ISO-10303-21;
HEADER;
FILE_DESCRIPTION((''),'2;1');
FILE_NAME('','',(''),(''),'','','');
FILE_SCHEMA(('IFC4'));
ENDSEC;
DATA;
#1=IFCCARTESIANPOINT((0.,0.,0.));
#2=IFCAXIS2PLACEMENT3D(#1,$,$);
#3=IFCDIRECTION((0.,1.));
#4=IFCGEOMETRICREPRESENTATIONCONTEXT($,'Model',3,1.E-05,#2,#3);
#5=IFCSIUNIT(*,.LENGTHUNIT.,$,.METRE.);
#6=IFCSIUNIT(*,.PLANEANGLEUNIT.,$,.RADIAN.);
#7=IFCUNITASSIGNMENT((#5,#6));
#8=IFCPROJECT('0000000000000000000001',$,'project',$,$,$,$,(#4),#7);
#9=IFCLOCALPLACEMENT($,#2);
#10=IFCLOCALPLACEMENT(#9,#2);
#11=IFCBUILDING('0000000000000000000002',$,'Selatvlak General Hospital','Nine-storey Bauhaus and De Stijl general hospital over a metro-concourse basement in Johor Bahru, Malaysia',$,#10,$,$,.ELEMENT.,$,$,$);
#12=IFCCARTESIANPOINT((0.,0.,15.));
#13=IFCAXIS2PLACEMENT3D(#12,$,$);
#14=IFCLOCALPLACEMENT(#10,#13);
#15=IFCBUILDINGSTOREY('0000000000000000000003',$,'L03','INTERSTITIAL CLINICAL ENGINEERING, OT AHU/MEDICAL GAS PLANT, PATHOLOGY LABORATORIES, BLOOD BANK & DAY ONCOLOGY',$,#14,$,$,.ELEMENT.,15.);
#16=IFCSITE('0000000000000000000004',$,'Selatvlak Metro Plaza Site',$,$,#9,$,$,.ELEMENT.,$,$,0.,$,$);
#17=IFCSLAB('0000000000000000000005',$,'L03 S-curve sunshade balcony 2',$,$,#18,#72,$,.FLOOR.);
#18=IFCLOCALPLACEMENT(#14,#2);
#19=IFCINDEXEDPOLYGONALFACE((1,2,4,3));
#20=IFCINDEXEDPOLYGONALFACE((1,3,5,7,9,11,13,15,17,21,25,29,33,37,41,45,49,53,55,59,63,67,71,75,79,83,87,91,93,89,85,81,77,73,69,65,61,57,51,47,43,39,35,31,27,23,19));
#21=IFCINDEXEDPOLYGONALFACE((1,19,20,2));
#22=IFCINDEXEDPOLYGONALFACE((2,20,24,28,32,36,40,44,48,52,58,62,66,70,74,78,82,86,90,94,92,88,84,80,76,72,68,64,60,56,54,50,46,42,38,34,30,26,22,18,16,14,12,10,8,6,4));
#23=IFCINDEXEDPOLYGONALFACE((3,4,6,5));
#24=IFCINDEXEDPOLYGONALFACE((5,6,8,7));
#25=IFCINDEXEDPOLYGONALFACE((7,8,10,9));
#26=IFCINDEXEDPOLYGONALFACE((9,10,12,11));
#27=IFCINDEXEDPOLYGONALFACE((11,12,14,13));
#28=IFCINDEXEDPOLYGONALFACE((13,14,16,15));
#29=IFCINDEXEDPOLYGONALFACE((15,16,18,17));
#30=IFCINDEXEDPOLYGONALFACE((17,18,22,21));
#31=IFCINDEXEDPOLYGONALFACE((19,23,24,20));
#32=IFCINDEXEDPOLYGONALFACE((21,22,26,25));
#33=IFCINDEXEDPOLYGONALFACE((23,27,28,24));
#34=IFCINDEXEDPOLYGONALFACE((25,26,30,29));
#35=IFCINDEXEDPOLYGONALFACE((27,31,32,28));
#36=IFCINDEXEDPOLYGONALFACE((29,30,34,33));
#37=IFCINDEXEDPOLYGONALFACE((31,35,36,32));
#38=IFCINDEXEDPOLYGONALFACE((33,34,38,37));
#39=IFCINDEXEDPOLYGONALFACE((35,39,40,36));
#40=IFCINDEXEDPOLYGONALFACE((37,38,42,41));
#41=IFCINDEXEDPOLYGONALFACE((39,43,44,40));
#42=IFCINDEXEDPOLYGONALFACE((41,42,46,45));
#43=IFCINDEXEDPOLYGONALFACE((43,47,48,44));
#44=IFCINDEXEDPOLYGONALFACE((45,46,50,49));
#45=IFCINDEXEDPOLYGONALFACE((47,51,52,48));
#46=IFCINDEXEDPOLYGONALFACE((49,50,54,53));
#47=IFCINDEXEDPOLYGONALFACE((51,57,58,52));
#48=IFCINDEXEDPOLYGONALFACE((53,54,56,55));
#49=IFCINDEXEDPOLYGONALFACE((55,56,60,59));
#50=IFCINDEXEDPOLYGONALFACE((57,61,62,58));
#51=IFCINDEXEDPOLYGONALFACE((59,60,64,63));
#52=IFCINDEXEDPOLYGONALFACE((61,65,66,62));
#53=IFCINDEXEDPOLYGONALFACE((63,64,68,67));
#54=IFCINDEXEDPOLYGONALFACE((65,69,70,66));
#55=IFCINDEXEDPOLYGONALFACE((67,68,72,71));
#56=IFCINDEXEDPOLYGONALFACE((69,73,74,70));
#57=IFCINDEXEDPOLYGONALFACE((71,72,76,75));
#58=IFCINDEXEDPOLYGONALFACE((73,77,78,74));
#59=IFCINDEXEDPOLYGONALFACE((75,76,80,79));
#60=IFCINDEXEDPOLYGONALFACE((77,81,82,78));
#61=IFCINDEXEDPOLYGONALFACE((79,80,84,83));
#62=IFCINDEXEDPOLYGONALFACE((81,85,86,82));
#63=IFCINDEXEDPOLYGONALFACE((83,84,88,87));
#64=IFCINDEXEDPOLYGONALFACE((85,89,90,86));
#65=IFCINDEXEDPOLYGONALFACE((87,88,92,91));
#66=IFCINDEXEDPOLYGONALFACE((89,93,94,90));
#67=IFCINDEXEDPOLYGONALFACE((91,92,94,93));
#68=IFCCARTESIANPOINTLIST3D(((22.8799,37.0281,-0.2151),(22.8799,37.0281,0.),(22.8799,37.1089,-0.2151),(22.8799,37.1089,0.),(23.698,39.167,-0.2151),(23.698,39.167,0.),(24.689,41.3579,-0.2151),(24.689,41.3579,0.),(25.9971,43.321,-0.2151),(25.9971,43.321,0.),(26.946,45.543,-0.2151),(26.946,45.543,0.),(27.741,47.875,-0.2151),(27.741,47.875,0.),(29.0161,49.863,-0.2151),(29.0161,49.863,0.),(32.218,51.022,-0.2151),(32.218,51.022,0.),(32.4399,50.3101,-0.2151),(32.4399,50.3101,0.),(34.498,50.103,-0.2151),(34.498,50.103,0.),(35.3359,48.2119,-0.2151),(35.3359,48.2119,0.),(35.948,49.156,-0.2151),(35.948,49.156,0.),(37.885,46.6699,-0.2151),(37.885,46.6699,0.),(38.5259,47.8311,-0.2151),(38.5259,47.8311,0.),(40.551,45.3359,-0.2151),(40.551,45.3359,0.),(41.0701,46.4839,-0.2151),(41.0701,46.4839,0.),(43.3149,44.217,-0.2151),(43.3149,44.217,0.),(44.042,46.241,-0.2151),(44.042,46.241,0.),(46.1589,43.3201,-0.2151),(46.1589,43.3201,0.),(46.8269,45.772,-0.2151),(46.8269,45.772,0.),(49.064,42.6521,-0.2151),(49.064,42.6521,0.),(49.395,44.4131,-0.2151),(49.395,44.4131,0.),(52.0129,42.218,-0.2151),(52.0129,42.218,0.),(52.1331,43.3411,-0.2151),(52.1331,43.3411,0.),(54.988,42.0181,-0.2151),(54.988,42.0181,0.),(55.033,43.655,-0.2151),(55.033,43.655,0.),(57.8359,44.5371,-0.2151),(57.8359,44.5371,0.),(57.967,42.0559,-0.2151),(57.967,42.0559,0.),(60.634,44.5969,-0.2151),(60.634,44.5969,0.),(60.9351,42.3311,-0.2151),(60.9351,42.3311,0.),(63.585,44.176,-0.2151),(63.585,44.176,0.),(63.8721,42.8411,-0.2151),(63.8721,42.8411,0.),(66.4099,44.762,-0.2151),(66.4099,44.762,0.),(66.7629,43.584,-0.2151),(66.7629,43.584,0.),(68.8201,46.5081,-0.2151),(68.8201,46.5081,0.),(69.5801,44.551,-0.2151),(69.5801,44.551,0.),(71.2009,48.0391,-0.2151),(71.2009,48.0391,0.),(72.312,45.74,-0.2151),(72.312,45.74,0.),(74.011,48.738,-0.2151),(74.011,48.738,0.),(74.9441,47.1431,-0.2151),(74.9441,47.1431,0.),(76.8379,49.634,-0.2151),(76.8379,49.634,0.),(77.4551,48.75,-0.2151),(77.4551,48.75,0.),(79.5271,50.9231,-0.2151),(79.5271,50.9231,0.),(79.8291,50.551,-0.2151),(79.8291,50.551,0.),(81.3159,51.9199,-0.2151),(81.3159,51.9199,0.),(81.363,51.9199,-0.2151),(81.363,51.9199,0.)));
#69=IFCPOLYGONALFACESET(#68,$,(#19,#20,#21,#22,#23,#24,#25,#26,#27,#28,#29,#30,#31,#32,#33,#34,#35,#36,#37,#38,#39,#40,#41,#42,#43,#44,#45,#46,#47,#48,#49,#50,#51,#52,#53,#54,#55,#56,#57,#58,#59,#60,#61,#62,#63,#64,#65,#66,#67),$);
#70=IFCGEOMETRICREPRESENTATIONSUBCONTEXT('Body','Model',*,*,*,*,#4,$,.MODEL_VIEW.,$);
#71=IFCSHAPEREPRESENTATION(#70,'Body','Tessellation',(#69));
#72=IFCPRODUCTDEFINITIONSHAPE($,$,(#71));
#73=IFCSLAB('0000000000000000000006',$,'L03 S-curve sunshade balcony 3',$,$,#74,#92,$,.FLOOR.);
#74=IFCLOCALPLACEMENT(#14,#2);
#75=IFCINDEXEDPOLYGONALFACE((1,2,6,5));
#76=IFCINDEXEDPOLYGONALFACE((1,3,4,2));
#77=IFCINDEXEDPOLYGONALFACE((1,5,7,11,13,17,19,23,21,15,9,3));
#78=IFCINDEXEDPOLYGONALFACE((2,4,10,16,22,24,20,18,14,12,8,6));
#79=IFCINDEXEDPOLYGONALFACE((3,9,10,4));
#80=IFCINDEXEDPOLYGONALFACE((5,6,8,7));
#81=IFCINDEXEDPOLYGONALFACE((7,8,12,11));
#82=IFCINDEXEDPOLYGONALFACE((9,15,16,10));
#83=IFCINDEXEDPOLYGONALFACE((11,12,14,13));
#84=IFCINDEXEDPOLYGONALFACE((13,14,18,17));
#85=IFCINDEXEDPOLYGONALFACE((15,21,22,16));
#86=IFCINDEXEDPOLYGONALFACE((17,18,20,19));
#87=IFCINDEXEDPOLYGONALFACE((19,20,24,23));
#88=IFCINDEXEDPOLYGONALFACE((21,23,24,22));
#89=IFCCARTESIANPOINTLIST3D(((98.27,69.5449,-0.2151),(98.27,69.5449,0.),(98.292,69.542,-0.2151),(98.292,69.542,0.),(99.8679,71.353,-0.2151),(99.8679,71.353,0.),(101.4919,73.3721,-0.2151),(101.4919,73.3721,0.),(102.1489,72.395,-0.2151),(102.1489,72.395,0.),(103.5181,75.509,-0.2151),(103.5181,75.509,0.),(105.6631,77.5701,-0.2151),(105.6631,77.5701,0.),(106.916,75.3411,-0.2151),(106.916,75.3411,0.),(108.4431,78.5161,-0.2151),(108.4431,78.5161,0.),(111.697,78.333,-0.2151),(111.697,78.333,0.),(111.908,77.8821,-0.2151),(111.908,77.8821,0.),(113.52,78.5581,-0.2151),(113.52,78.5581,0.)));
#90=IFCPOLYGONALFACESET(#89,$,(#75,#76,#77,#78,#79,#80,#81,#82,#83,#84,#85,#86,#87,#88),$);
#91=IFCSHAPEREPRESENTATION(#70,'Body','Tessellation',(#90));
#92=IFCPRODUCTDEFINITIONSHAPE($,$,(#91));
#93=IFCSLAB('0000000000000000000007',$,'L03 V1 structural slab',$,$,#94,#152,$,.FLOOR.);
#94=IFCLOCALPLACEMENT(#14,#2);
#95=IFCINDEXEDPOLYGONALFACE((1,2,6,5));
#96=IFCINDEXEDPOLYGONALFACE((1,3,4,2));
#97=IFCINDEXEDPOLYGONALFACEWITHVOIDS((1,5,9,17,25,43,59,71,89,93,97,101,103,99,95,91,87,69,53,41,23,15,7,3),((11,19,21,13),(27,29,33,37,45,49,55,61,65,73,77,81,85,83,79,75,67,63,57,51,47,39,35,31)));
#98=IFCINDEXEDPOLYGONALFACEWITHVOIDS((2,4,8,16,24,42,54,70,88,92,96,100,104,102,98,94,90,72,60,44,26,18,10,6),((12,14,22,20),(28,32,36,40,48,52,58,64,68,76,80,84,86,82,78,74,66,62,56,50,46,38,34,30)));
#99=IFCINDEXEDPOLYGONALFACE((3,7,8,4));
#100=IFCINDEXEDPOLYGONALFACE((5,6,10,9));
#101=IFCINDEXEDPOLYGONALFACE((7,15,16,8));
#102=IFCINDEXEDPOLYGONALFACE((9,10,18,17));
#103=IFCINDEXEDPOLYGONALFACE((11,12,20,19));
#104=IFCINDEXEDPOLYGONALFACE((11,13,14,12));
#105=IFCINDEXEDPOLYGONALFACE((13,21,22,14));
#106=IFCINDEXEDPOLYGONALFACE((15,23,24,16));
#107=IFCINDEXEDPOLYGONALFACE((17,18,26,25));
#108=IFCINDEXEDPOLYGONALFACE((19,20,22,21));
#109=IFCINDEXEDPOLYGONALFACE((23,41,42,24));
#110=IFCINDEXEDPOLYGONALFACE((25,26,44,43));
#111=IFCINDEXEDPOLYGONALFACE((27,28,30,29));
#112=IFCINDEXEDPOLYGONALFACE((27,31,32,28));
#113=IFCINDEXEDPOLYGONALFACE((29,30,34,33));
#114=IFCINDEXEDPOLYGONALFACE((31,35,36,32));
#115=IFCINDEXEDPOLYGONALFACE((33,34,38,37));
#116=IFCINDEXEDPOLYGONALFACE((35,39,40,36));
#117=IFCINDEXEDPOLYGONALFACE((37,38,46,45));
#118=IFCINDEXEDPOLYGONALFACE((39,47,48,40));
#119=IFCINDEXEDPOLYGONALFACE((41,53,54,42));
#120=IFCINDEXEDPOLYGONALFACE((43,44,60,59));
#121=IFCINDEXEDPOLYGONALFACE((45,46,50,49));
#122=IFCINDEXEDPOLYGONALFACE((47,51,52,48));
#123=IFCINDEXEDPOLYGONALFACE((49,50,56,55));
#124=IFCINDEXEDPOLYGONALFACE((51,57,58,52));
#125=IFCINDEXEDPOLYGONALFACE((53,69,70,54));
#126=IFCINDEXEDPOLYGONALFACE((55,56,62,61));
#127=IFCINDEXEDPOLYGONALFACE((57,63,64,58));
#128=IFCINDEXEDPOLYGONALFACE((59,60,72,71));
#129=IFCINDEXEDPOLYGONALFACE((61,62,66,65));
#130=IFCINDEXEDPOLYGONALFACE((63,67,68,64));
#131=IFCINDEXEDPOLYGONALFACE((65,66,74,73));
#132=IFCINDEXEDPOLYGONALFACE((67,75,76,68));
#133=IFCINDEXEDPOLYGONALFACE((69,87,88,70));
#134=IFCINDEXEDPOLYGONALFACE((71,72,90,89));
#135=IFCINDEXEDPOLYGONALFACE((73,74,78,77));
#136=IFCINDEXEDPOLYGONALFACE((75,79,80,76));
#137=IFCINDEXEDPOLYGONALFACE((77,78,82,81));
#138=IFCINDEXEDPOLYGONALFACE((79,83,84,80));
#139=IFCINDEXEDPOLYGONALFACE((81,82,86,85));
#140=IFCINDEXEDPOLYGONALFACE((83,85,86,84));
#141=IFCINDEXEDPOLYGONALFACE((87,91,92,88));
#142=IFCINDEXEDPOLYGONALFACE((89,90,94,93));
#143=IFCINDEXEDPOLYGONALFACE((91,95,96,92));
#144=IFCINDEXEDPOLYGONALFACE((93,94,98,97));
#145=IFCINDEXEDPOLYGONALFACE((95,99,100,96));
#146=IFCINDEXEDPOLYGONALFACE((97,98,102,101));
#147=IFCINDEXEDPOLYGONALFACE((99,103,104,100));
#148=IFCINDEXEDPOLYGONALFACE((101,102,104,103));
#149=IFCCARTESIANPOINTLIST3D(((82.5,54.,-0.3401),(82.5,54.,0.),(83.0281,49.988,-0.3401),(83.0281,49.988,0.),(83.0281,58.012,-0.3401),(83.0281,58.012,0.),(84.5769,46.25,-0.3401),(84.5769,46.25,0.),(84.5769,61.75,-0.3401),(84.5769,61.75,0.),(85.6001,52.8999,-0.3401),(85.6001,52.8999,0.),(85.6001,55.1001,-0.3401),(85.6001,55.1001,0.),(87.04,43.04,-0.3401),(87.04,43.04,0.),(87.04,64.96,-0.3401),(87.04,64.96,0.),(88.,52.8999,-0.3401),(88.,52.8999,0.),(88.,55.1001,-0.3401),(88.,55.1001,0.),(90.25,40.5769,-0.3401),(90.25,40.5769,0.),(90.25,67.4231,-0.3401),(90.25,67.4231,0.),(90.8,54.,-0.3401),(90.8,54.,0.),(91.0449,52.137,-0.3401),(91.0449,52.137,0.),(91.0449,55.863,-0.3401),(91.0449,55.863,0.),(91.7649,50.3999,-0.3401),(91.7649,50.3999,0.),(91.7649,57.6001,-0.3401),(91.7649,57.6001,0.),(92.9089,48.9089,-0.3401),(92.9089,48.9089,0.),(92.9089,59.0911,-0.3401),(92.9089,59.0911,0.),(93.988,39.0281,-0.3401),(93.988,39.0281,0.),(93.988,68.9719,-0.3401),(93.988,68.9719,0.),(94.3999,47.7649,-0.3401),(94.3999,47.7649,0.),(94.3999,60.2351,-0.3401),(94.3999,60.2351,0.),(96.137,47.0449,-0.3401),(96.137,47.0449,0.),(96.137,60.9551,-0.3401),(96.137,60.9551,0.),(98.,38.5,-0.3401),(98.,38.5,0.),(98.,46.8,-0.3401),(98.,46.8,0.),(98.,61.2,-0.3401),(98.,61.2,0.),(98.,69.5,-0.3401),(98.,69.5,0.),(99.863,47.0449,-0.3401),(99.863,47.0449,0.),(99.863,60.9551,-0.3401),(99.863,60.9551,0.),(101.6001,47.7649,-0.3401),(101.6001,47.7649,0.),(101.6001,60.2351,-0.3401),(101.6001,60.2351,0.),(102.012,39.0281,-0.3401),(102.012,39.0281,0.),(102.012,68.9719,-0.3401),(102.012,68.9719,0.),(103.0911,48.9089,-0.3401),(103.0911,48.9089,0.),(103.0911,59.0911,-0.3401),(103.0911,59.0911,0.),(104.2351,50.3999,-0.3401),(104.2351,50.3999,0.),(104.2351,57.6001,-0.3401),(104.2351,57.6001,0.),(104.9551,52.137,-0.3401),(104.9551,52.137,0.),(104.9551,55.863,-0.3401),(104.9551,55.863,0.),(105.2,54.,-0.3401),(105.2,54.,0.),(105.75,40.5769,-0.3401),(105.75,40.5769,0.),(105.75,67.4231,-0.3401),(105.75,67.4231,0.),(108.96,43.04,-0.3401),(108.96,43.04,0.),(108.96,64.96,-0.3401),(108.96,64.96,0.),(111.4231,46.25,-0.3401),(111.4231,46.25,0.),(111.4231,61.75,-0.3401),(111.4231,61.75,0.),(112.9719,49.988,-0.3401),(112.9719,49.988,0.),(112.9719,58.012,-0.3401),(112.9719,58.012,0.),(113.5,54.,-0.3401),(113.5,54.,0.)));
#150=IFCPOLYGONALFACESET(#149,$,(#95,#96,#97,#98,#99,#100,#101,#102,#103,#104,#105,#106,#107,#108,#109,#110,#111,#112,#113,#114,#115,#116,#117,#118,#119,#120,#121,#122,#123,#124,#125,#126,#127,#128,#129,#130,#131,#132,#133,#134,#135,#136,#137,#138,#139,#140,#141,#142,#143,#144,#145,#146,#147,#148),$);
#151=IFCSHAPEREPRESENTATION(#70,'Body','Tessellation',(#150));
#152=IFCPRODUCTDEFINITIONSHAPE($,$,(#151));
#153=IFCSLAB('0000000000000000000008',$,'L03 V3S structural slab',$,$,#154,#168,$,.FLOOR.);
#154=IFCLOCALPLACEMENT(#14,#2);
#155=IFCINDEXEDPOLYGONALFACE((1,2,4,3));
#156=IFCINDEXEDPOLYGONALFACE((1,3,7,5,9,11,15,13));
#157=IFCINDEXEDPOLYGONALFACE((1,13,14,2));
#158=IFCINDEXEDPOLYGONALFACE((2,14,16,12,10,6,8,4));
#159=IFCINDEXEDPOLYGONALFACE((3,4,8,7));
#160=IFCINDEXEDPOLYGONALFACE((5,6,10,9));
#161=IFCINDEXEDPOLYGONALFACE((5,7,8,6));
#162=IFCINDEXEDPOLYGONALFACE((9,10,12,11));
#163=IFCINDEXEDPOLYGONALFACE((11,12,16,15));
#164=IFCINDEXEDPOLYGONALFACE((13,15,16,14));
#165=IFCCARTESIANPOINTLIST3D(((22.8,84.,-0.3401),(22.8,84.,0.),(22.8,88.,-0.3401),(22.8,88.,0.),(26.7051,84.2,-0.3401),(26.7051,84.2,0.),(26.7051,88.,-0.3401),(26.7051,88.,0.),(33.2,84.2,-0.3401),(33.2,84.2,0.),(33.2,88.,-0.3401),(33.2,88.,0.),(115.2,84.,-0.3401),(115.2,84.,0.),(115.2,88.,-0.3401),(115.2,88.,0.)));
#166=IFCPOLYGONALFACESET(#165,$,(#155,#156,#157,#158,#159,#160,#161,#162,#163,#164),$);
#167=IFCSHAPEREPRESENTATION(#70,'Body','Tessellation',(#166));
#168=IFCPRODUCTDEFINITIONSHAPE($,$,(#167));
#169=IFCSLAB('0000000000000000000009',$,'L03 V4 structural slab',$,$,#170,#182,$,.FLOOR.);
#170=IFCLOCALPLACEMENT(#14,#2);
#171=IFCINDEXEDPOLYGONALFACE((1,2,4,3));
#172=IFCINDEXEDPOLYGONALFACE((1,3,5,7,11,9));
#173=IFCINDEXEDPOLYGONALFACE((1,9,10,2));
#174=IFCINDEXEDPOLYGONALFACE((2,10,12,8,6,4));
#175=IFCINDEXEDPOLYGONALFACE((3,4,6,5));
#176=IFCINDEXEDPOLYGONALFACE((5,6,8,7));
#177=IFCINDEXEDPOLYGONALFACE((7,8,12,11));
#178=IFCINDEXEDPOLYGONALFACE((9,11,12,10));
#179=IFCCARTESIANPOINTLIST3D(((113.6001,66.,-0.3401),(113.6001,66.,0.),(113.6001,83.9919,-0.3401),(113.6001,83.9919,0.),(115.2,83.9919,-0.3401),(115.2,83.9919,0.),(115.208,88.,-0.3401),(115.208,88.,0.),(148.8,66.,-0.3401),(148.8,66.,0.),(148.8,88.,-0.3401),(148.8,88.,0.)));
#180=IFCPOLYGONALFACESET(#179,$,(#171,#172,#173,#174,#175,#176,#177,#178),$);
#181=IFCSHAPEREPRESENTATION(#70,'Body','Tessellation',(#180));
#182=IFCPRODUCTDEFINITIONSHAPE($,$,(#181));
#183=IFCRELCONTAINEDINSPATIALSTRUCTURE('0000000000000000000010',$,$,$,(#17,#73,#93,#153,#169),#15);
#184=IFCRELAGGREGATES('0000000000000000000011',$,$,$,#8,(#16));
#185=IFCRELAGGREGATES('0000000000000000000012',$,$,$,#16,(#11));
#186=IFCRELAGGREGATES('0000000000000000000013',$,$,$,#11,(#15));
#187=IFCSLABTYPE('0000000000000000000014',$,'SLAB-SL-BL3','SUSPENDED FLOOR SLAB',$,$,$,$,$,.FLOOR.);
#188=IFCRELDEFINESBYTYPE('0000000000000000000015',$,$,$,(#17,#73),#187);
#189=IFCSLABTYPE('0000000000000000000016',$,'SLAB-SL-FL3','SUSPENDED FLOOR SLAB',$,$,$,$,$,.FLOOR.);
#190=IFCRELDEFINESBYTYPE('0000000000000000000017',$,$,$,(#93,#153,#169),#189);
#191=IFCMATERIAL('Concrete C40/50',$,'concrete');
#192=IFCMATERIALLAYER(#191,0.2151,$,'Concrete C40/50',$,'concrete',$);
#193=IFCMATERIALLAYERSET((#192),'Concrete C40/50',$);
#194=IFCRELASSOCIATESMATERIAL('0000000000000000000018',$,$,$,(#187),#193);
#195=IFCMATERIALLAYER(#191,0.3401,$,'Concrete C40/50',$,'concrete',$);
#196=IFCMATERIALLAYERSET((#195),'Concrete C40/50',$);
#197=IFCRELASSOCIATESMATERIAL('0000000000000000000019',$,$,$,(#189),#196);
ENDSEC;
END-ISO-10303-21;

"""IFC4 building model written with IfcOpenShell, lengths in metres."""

from ifc_helpers import new_model, si_unit, direction, frame, origin, place, context, subcontext, project, spatial, polyline, outline, extrude, material, layer, layer_set, type_object, element, save


model = new_model("IFC4")

# Units and contexts
model_context = context("Model", 3, precision=1e-05, world=origin(), true_north=direction((0.0, 1.0)))
body_context = subcontext(model_context, "Body", "Model", "MODEL_VIEW")
ifc_project = project(units=[si_unit("LENGTHUNIT", "METRE"), si_unit("PLANEANGLEUNIT", "RADIAN")], contexts=[model_context])

# Site, building, storey
site_placement = place(None, origin())
site = spatial("IfcSite", under=ifc_project, at=site_placement, Name="Selatvlak Metro Plaza Site", CompositionType="ELEMENT", RefElevation=0.0)
building_placement = place(site_placement, origin())
building = spatial("IfcBuilding", under=site, at=building_placement, Name="Selatvlak General Hospital", Description="Nine-storey Bauhaus and De Stijl general hospital over a metro-concourse basement in Johor Bahru, Malaysia", CompositionType="ELEMENT")
storey_placement = place(building_placement, frame((0.0, 0.0, 15.0)))
storey = spatial("IfcBuildingStorey", under=building, at=storey_placement, Name="L03", Description="INTERSTITIAL CLINICAL ENGINEERING, OT AHU/MEDICAL GAS PLANT, PATHOLOGY LABORATORIES, BLOOD BANK & DAY ONCOLOGY", CompositionType="ELEMENT", Elevation=15.0)

# Shared definitions
ifc_material_1 = material(Name="Concrete C40/50", Category="concrete")

# Slabs
ifc_layer_1 = layer(ifc_material_1, 0.2151, Name="Concrete C40/50", Category="concrete")
ifc_layer_set_1 = layer_set([ifc_layer_1], Name="Concrete C40/50")
slab_type_1 = type_object("IfcSlabType", Name="SLAB-SL-BL3", Description="SUSPENDED FLOOR SLAB", PredefinedType="FLOOR", material=ifc_layer_set_1)
slab_1_placement = place(storey_placement, frame((0.0, 0.0, -0.2151)))
element("IfcSlab", 1, at=slab_1_placement, inside=storey, type_object=slab_type_1, Name="L03 S-curve sunshade balcony 2", PredefinedType="FLOOR", context=body_context, shape_type="SweptSolid", body=[
    extrude(outline(polyline([(46.8269, 45.772), (49.395, 44.4131), (52.1331, 43.3411), (55.033, 43.655), (57.8359, 44.5371), (60.634, 44.5969), (63.585, 44.176), (66.4099, 44.762), (68.8201, 46.5081), (71.2009, 48.0391), (74.011, 48.738), (76.8379, 49.634), (79.5271, 50.9231), (81.3159, 51.9199), (81.363, 51.9199), (79.8291, 50.551), (77.4551, 48.75), (74.9441, 47.1431), (72.312, 45.74), (69.5801, 44.551), (66.7629, 43.584), (63.8721, 42.8411), (60.9351, 42.3311), (57.967, 42.0559), (54.988, 42.0181), (52.0129, 42.218), (49.064, 42.6521), (46.1589, 43.3201), (43.3149, 44.217), (40.551, 45.3359), (37.885, 46.6699), (35.3359, 48.2119), (32.4399, 50.3101), (22.8799, 37.0281), (22.8799, 37.1089), (23.698, 39.167), (24.689, 41.3579), (25.9971, 43.321), (26.946, 45.543), (27.741, 47.875), (29.0161, 49.863), (32.218, 51.022), (34.498, 50.103), (35.948, 49.156), (38.5259, 47.8311), (41.0701, 46.4839), (44.042, 46.241), (46.8269, 45.772)])), origin(), (0.0, 0.0, 1.0), 0.2151),
])
slab_2_placement = place(storey_placement, frame((0.0, 0.0, -0.2151)))
element("IfcSlab", 2, at=slab_2_placement, inside=storey, type_object=slab_type_1, Name="L03 S-curve sunshade balcony 3", PredefinedType="FLOOR", context=body_context, shape_type="SweptSolid", body=[
    extrude(outline(polyline([(105.6631, 77.5701), (108.4431, 78.5161), (111.697, 78.333), (113.52, 78.5581), (111.908, 77.8821), (106.916, 75.3411), (102.1489, 72.395), (98.292, 69.542), (98.27, 69.5449), (99.8679, 71.353), (101.4919, 73.3721), (103.5181, 75.509), (105.6631, 77.5701)])), origin(), (0.0, 0.0, 1.0), 0.2151),
])
ifc_layer_2 = layer(ifc_material_1, 0.3401, Name="Concrete C40/50", Category="concrete")
ifc_layer_set_2 = layer_set([ifc_layer_2], Name="Concrete C40/50")
slab_type_2 = type_object("IfcSlabType", Name="SLAB-SL-FL3", Description="SUSPENDED FLOOR SLAB", PredefinedType="FLOOR", material=ifc_layer_set_2)
slab_3_placement = place(storey_placement, frame((0.0, 0.0, -0.3401)))
element("IfcSlab", 3, at=slab_3_placement, inside=storey, type_object=slab_type_2, Name="L03 V1 structural slab", PredefinedType="FLOOR", context=body_context, shape_type="SweptSolid", body=[
    extrude(outline(polyline([(111.4231, 46.25), (108.96, 43.04), (105.75, 40.5769), (102.012, 39.0281), (98.0, 38.5), (93.988, 39.0281), (90.25, 40.5769), (87.04, 43.04), (84.5769, 46.25), (83.0281, 49.988), (82.5, 54.0), (83.0281, 58.012), (84.5769, 61.75), (87.04, 64.96), (90.25, 67.4231), (93.988, 68.9719), (98.0, 69.5), (102.012, 68.9719), (105.75, 67.4231), (108.96, 64.96), (111.4231, 61.75), (112.9719, 58.012), (113.5, 54.0), (112.9719, 49.988), (111.4231, 46.25)]), holes=[polyline([(104.2351, 57.6001), (103.0911, 59.0911), (101.6001, 60.2351), (99.863, 60.9551), (98.0, 61.2), (96.137, 60.9551), (94.3999, 60.2351), (92.9089, 59.0911), (91.7649, 57.6001), (91.0449, 55.863), (90.8, 54.0), (91.0449, 52.137), (91.7649, 50.3999), (92.9089, 48.9089), (94.3999, 47.7649), (96.137, 47.0449), (98.0, 46.8), (99.863, 47.0449), (101.6001, 47.7649), (103.0911, 48.9089), (104.2351, 50.3999), (104.9551, 52.137), (105.2, 54.0), (104.9551, 55.863), (104.2351, 57.6001)]), polyline([(88.0, 55.1001), (85.6001, 55.1001), (85.6001, 52.8999), (88.0, 52.8999), (88.0, 55.1001)])]), origin(), (0.0, 0.0, 1.0), 0.3401),
])
slab_4_placement = place(storey_placement, frame((0.0, 0.0, -0.3401)))
element("IfcSlab", 4, at=slab_4_placement, inside=storey, type_object=slab_type_2, Name="L03 V3S structural slab", PredefinedType="FLOOR", context=body_context, shape_type="SweptSolid", body=[
    extrude(outline(polyline([(26.7051, 88.0), (26.7051, 84.2), (33.2, 84.2), (33.2, 88.0), (115.2, 88.0), (115.2, 84.0), (22.8, 84.0), (22.8, 88.0), (26.7051, 88.0)])), origin(), (0.0, 0.0, 1.0), 0.3401),
])
slab_5_placement = place(storey_placement, frame((0.0, 0.0, -0.3401)))
element("IfcSlab", 5, at=slab_5_placement, inside=storey, type_object=slab_type_2, Name="L03 V4 structural slab", PredefinedType="FLOOR", context=body_context, shape_type="SweptSolid", body=[
    extrude(outline(polyline([(113.6001, 83.9919), (115.2, 83.9919), (115.208, 88.0), (148.8, 88.0), (148.8, 66.0), (113.6001, 66.0), (113.6001, 83.9919)])), origin(), (0.0, 0.0, 1.0), 0.3401),
])

save(model, "model.ifc")
